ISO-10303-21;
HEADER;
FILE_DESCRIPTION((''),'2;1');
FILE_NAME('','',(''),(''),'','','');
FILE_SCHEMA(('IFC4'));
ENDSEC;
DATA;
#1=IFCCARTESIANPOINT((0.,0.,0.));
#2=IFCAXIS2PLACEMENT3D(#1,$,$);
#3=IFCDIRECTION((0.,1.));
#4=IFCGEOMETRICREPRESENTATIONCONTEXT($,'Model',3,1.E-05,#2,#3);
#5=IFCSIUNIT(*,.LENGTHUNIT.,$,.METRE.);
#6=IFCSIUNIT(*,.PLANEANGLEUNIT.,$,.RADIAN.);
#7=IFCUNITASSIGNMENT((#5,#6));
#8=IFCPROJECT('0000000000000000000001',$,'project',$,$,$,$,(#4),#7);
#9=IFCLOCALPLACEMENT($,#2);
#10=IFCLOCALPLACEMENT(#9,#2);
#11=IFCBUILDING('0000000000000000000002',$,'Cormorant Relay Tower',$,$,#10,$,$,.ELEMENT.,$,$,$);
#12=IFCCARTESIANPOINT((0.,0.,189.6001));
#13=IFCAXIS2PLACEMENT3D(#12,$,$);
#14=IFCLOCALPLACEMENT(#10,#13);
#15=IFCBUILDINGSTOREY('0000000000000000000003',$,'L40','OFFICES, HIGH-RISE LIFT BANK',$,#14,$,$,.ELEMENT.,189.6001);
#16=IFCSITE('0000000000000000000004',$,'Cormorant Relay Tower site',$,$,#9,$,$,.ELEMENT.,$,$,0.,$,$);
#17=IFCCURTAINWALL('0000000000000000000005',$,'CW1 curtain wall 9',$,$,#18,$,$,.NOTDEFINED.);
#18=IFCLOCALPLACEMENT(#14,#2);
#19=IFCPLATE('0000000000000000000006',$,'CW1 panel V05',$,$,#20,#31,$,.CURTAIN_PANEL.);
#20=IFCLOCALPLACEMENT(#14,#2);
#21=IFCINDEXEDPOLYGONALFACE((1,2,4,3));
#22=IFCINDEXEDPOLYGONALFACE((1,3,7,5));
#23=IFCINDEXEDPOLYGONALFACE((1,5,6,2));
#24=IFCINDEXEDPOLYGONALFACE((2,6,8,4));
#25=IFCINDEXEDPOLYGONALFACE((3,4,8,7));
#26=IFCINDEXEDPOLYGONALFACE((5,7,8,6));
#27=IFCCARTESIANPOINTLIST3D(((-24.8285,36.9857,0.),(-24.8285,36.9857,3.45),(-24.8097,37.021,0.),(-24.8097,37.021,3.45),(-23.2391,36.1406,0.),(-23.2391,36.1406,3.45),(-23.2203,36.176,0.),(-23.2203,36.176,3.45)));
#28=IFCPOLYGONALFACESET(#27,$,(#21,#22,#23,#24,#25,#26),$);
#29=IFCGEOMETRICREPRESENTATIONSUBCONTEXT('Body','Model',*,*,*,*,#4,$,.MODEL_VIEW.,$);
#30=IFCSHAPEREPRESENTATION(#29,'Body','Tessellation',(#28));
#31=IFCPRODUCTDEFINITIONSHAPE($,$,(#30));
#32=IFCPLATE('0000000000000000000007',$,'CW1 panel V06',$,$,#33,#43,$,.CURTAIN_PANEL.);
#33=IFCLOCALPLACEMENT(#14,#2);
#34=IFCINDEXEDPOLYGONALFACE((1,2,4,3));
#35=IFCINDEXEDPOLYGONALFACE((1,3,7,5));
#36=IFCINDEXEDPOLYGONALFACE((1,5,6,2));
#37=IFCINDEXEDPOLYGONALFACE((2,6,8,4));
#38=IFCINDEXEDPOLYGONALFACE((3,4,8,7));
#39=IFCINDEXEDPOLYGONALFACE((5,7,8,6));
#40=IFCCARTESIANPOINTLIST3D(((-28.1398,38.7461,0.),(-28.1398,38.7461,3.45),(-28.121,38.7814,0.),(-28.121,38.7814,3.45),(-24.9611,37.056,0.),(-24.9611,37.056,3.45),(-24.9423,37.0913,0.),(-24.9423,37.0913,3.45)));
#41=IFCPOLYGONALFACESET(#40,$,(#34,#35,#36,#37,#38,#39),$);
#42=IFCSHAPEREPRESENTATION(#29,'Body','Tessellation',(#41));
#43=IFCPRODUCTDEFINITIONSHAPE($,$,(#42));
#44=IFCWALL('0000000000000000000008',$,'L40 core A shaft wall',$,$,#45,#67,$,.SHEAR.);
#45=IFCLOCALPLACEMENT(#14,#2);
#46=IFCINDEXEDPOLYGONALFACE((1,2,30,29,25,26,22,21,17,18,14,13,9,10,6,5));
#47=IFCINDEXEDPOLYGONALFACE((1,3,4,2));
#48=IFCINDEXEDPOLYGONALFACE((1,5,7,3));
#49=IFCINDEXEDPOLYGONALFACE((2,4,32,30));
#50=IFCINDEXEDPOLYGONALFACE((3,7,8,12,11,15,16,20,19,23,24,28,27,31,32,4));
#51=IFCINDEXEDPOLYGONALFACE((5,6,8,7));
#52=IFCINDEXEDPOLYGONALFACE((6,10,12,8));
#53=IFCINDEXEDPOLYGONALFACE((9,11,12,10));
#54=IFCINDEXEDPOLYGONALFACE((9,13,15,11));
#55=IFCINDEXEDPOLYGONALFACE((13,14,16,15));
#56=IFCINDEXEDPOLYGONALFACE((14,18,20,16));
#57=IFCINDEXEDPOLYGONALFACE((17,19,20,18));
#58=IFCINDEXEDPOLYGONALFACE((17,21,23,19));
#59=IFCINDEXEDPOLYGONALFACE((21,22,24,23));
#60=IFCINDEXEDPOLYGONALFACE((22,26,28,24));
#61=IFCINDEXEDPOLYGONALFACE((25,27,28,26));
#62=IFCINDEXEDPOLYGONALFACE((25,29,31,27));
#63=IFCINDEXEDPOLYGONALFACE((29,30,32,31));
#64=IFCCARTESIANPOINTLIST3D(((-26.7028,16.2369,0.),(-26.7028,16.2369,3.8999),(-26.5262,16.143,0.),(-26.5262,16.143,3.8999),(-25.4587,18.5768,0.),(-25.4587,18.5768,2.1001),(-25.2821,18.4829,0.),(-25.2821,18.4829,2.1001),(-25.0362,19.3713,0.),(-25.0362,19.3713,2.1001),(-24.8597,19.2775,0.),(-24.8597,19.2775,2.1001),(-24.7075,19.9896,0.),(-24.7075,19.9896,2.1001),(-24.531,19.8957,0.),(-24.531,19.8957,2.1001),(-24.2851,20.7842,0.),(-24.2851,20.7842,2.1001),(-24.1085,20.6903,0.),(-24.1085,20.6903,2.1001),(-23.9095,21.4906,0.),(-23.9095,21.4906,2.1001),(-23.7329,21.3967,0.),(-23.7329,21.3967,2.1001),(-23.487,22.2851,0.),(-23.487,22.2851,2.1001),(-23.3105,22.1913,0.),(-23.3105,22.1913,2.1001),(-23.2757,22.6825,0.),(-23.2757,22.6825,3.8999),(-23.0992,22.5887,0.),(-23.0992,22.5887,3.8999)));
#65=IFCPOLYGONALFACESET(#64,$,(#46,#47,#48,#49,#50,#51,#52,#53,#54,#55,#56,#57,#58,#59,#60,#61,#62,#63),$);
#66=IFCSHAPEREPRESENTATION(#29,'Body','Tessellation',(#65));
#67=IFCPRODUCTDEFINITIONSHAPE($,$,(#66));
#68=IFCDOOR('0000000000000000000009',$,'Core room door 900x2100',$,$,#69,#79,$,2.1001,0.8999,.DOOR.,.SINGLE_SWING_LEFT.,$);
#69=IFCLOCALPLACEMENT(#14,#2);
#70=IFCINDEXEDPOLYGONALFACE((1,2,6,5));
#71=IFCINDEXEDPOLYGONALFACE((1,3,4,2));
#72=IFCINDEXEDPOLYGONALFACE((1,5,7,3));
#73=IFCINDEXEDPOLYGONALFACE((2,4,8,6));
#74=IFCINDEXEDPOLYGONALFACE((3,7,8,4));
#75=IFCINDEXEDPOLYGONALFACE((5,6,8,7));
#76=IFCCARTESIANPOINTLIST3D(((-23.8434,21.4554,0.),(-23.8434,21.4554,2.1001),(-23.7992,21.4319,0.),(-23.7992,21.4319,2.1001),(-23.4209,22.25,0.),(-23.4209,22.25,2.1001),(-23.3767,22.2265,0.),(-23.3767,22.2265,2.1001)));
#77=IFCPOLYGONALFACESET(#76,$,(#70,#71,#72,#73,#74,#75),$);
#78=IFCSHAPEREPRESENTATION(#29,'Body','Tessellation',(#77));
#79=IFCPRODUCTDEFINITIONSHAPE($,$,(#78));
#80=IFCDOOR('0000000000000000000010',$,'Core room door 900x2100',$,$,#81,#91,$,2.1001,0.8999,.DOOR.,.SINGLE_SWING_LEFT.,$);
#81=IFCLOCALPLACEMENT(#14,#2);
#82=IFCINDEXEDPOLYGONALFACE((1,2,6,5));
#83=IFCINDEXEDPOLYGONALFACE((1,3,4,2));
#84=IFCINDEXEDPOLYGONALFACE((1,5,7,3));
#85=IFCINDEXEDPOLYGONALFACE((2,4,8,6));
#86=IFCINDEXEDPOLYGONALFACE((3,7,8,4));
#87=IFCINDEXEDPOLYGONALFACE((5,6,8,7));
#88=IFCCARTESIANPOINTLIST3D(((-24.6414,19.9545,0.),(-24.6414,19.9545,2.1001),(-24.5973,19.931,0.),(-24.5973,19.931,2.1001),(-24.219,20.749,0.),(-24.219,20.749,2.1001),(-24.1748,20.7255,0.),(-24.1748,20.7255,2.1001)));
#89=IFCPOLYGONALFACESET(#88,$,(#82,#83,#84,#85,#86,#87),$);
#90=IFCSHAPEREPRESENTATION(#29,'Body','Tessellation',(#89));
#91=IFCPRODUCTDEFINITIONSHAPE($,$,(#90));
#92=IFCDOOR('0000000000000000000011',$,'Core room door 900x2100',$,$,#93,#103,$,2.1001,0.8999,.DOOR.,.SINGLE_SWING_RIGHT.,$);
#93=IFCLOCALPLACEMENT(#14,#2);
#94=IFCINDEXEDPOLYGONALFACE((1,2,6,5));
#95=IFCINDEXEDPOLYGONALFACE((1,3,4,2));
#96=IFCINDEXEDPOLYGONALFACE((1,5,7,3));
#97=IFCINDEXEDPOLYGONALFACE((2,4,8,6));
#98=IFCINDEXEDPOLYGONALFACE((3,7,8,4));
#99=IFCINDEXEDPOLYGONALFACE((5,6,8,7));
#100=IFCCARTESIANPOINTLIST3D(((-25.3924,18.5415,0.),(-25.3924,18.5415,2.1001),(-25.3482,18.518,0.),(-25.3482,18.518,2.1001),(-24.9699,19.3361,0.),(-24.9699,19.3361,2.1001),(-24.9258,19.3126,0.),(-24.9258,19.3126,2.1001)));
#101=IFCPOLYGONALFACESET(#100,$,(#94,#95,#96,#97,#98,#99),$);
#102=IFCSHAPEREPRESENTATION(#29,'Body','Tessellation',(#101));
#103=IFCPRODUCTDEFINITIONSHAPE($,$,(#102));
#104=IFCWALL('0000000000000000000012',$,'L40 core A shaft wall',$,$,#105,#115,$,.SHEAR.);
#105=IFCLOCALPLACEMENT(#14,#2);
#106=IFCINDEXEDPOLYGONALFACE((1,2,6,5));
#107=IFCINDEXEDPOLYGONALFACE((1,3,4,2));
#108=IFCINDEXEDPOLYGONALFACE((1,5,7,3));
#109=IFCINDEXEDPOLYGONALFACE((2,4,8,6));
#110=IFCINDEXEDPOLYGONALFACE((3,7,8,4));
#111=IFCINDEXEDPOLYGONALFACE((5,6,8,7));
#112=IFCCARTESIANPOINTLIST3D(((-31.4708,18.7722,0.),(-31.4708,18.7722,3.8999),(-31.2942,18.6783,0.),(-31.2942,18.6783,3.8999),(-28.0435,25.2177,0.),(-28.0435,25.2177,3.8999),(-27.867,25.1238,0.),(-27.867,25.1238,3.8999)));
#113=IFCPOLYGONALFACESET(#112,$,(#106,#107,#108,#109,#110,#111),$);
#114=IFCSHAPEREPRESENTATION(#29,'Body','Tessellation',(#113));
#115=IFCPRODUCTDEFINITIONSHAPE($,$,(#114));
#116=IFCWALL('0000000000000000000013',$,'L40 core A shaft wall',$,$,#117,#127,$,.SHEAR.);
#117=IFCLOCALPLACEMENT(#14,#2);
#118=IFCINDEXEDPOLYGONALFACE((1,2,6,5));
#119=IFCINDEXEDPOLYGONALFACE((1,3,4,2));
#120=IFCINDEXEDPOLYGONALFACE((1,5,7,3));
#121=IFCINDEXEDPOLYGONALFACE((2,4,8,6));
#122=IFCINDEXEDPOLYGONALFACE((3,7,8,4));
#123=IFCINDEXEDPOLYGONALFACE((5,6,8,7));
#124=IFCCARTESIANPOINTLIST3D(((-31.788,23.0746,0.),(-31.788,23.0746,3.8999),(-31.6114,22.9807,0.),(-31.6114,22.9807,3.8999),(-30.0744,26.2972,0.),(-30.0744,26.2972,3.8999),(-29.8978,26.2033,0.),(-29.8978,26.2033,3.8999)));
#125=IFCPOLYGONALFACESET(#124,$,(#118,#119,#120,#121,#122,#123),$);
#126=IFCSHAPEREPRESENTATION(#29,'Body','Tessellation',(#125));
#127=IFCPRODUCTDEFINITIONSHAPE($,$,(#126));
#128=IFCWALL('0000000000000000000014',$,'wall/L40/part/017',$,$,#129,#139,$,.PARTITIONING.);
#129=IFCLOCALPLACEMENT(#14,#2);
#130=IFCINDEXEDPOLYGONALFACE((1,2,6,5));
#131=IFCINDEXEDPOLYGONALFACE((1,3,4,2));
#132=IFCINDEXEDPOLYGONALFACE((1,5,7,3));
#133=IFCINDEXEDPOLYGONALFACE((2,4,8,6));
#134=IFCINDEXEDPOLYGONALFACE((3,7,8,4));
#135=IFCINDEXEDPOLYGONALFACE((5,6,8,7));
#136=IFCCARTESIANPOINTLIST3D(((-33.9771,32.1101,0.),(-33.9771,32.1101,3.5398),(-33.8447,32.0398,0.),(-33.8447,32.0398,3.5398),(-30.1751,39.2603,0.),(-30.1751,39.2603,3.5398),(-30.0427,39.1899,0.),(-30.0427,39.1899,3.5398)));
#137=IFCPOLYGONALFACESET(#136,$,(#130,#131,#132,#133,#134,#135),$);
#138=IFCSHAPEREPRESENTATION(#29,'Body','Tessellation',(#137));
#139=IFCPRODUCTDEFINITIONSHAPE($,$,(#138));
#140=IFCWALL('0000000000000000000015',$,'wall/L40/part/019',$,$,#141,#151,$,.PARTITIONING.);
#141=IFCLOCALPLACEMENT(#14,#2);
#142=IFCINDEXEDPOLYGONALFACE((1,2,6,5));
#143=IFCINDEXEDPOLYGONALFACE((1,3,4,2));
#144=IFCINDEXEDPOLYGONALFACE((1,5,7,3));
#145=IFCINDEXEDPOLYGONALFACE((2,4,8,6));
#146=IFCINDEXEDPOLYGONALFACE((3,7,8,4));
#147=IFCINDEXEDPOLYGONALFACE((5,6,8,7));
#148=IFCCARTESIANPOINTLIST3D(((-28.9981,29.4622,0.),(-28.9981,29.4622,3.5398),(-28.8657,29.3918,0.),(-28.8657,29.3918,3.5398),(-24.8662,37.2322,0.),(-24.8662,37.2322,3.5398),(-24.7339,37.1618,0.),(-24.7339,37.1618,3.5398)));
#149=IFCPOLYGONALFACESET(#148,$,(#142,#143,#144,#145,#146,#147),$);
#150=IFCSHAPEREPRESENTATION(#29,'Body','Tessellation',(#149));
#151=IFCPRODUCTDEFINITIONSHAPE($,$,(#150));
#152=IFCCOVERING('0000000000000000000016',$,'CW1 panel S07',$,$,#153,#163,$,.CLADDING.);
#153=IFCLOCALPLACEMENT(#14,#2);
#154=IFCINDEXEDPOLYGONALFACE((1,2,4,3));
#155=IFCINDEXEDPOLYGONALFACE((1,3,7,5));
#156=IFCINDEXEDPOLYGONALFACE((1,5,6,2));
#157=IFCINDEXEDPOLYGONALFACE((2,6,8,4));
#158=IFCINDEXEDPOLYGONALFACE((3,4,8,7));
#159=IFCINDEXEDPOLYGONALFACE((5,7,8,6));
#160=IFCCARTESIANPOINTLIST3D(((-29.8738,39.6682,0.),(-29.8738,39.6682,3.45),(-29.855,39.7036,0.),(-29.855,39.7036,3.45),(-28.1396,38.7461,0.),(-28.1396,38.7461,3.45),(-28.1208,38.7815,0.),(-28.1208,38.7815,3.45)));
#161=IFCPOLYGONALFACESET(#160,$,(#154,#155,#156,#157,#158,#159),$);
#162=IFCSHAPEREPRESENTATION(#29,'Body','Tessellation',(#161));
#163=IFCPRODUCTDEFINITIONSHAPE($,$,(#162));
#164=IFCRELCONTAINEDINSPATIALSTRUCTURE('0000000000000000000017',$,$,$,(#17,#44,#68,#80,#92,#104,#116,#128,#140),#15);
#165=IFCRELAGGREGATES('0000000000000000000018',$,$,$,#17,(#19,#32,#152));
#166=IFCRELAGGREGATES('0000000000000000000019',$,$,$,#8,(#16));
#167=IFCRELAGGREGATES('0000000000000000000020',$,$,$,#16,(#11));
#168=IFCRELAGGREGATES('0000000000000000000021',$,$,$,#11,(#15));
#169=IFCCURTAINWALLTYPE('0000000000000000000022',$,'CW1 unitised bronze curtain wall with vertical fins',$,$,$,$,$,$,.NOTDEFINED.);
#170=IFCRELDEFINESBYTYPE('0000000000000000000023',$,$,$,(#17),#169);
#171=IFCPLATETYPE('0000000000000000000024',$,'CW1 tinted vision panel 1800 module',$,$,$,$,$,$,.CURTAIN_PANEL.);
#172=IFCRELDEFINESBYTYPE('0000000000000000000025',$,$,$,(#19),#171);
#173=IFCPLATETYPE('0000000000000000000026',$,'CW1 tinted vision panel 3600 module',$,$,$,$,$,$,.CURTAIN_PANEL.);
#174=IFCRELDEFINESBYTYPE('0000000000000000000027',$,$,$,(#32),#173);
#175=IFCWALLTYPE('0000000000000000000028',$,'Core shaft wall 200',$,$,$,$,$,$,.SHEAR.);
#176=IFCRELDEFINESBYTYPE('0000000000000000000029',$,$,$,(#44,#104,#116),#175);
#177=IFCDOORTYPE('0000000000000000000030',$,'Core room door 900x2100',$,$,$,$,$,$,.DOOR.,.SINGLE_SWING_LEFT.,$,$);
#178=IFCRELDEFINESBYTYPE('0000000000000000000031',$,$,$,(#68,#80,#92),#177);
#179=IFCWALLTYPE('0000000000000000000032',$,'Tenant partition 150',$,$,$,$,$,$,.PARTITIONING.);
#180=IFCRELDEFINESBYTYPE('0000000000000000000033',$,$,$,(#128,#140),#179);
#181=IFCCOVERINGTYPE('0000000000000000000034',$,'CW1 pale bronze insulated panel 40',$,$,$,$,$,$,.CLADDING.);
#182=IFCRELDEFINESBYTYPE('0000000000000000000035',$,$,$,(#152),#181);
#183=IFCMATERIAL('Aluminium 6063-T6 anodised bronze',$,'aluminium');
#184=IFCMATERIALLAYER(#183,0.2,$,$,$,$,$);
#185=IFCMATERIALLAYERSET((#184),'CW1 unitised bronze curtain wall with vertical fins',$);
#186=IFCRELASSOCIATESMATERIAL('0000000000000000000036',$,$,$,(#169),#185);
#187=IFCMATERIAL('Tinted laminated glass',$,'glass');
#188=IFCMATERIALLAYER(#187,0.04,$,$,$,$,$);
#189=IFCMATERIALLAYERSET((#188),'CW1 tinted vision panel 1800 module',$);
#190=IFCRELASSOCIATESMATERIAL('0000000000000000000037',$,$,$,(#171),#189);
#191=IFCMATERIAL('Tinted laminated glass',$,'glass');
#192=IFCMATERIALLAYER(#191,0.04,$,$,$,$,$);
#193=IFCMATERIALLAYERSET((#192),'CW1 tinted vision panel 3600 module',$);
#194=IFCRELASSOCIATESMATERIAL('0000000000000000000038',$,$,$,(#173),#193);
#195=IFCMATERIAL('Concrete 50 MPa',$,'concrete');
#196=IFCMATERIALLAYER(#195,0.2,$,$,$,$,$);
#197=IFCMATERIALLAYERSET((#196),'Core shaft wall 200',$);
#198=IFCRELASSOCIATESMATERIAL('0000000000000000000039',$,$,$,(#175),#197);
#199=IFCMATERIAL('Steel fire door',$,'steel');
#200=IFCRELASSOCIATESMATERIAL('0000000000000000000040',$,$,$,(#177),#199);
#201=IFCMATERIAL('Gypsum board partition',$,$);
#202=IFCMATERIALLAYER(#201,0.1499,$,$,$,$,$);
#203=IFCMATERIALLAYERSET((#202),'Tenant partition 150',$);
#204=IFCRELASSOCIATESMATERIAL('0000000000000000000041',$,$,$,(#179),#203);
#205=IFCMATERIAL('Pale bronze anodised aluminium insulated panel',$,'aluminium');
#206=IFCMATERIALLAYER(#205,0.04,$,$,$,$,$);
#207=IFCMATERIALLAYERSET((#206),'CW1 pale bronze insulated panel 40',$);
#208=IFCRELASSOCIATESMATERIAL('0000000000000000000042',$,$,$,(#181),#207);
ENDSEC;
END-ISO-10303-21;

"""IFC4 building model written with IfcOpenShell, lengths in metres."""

from ifc_helpers import new_model, si_unit, direction, frame, frame_2d, origin, origin_2d, place, context, subcontext, project, spatial, rectangle, extrude, material, layer, layer_set, type_object, element, fill, aggregate, save


model = new_model("IFC4")

# Units and contexts
model_context = context("Model", 3, precision=1e-05, world=origin(), true_north=direction((0.0, 1.0)))
body_context = subcontext(model_context, "Body", "Model", "MODEL_VIEW")
ifc_project = project(units=[si_unit("LENGTHUNIT", "METRE"), si_unit("PLANEANGLEUNIT", "RADIAN")], contexts=[model_context])

# Site, building, storey
site_placement = place(None, origin())
site = spatial("IfcSite", under=ifc_project, at=site_placement, Name="Cormorant Relay Tower site", CompositionType="ELEMENT", RefElevation=0.0)
building_placement = place(site_placement, origin())
building = spatial("IfcBuilding", under=site, at=building_placement, Name="Cormorant Relay Tower", CompositionType="ELEMENT")
storey_placement = place(building_placement, frame((0.0, 0.0, 189.6001)))
storey = spatial("IfcBuildingStorey", under=building, at=storey_placement, Name="L40", Description="OFFICES, HIGH-RISE LIFT BANK", CompositionType="ELEMENT", Elevation=189.6001)

# Curtain wall
ifc_material_1 = material(Name="Aluminium 6063-T6 anodised bronze", Category="aluminium")
ifc_layer_1 = layer(ifc_material_1, 0.2)
ifc_layer_set_1 = layer_set([ifc_layer_1], Name="CW1 unitised bronze curtain wall with vertical fins")
curtain_wall_type = type_object("IfcCurtainWallType", Name="CW1 unitised bronze curtain wall with vertical fins", PredefinedType="NOTDEFINED", material=ifc_layer_set_1)
curtain_wall_1_placement = place(storey_placement, origin())
curtain_wall_1 = element("IfcCurtainWall", 1, at=curtain_wall_1_placement, inside=storey, type_object=curtain_wall_type, Name="CW1 curtain wall 9", PredefinedType="NOTDEFINED")

# Plates
ifc_material_2 = material(Name="Tinted laminated glass", Category="glass")
ifc_layer_2 = layer(ifc_material_2, 0.04)
ifc_layer_set_2 = layer_set([ifc_layer_2], Name="CW1 tinted vision panel 1800 module")
plate_type_1 = type_object("IfcPlateType", Name="CW1 tinted vision panel 1800 module", PredefinedType="CURTAIN_PANEL", material=ifc_layer_set_2)
plate_1_placement = place(storey_placement, frame((-24.0244, 36.5808, 0.0), z_axis=(0.0, 0.0, 1.0), x_axis=(-0.882948, 0.469472, 0.0)))
plate_1 = element("IfcPlate", 2, at=plate_1_placement, type_object=plate_type_1, Name="CW1 panel V05", PredefinedType="CURTAIN_PANEL", context=body_context, shape_type="SweptSolid", body=[
    extrude(rectangle(XDim=1.8, YDim=0.04, at=origin_2d()), origin(), (0.0, 0.0, 1.0), 3.45),
])
ifc_material_3 = material(Name="Tinted laminated glass", Category="glass")
ifc_layer_3 = layer(ifc_material_3, 0.04)
ifc_layer_set_3 = layer_set([ifc_layer_3], Name="CW1 tinted vision panel 3600 module")
plate_type_2 = type_object("IfcPlateType", Name="CW1 tinted vision panel 3600 module", PredefinedType="CURTAIN_PANEL", material=ifc_layer_set_3)
plate_2_placement = place(storey_placement, frame((-26.541, 37.9187, 0.0), z_axis=(0.0, 0.0, 1.0), x_axis=(-0.882948, 0.469472, 0.0)))
plate_2 = element("IfcPlate", 3, at=plate_2_placement, type_object=plate_type_2, Name="CW1 panel V06", PredefinedType="CURTAIN_PANEL", context=body_context, shape_type="SweptSolid", body=[
    extrude(rectangle(XDim=3.6001, YDim=0.04, at=origin_2d()), origin(), (0.0, 0.0, 1.0), 3.45),
])

# Wall, openings, doors
ifc_material_4 = material(Name="Concrete 50 MPa", Category="concrete")
ifc_layer_4 = layer(ifc_material_4, 0.2)
ifc_layer_set_4 = layer_set([ifc_layer_4], Name="Core shaft wall 200")
wall_type_1 = type_object("IfcWallType", Name="Core shaft wall 200", PredefinedType="SHEAR", material=ifc_layer_set_4)
wall_1_placement = place(storey_placement, frame((-23.1875, 22.6355, 0.0), z_axis=(0.0, 0.0, 1.0), x_axis=(-0.469454, -0.882957, 0.0)))
wall_1 = element("IfcWall", 4, at=wall_1_placement, inside=storey, type_object=wall_type_1, Name="L40 core A shaft wall", PredefinedType="SHEAR", context=body_context, shape_type="SweptSolid", body=[
    extrude(rectangle(XDim=7.3, YDim=0.2, at=frame_2d((3.6499, 0.0))), origin(), (0.0, 0.0, 1.0), 3.8999),
])
opening_1_placement = place(wall_1_placement, frame((0.45, 0.0, 0.0)))
opening_1 = element("IfcOpeningElement", 5, at=opening_1_placement, cuts=wall_1, PredefinedType="OPENING", context=body_context, shape_type="SweptSolid", body=[
    extrude(rectangle(XDim=0.8999, YDim=2.1001, at=frame_2d((0.45, 1.05))), frame((0.0, 0.1099, 0.0), z_axis=(0.0, -1.0, 0.0), x_axis=(1.0, 0.0, 0.0)), (0.0, 0.0, 1.0), 0.22),
])
opening_2_placement = place(wall_1_placement, frame((2.1499, 0.0, 0.0)))
opening_2 = element("IfcOpeningElement", 6, at=opening_2_placement, cuts=wall_1, PredefinedType="OPENING", context=body_context, shape_type="SweptSolid", body=[
    extrude(rectangle(XDim=0.8999, YDim=2.1001, at=frame_2d((0.45, 1.05))), frame((0.0, 0.1099, 0.0), z_axis=(0.0, -1.0, 0.0), x_axis=(1.0, 0.0, 0.0)), (0.0, 0.0, 1.0), 0.22),
])
opening_3_placement = place(wall_1_placement, frame((3.75, 0.0, 0.0)))
opening_3 = element("IfcOpeningElement", 7, at=opening_3_placement, cuts=wall_1, PredefinedType="OPENING", context=body_context, shape_type="SweptSolid", body=[
    extrude(rectangle(XDim=0.8999, YDim=2.1001, at=frame_2d((0.45, 1.05))), frame((0.0, 0.1099, 0.0), z_axis=(0.0, -1.0, 0.0), x_axis=(1.0, 0.0, 0.0)), (0.0, 0.0, 1.0), 0.22),
])
ifc_material_5 = material(Name="Steel fire door", Category="steel")
door_type = type_object("IfcDoorType", Name="Core room door 900x2100", OperationType="SINGLE_SWING_LEFT", PredefinedType="DOOR", material=ifc_material_5)
door_1_placement = place(opening_1_placement, origin())
door_1 = element("IfcDoor", 8, at=door_1_placement, inside=storey, type_object=door_type, Name="Core room door 900x2100", OperationType="SINGLE_SWING_LEFT", OverallHeight=2.1001, OverallWidth=0.8999, PredefinedType="DOOR", context=body_context, shape_type="SweptSolid", body=[
    extrude(rectangle(XDim=0.8999, YDim=2.1001, at=frame_2d((0.45, 1.05))), frame((0.0, 0.0249, 0.0), z_axis=(0.0, -1.0, 0.0), x_axis=(1.0, 0.0, 0.0)), (0.0, 0.0, 1.0), 0.05),
])
fill(opening_1, door_1)
door_2_placement = place(opening_2_placement, origin())
door_2 = element("IfcDoor", 9, at=door_2_placement, inside=storey, type_object=door_type, Name="Core room door 900x2100", OperationType="SINGLE_SWING_LEFT", OverallHeight=2.1001, OverallWidth=0.8999, PredefinedType="DOOR", context=body_context, shape_type="SweptSolid", body=[
    extrude(rectangle(XDim=0.8999, YDim=2.1001, at=frame_2d((0.45, 1.05))), frame((0.0, 0.0249, 0.0), z_axis=(0.0, -1.0, 0.0), x_axis=(1.0, 0.0, 0.0)), (0.0, 0.0, 1.0), 0.05),
])
fill(opening_2, door_2)
door_3_placement = place(opening_3_placement, frame((0.8999, 0.0, 0.0), z_axis=(0.0, 0.0, 1.0), x_axis=(-1.0, 0.0, 0.0)))
door_3 = element("IfcDoor", 10, at=door_3_placement, inside=storey, type_object=door_type, Name="Core room door 900x2100", OperationType="SINGLE_SWING_RIGHT", OverallHeight=2.1001, OverallWidth=0.8999, PredefinedType="DOOR", context=body_context, shape_type="SweptSolid", body=[
    extrude(rectangle(XDim=0.8999, YDim=2.1001, at=frame_2d((0.45, 1.05))), frame((0.0, 0.0249, 0.0), z_axis=(0.0, -1.0, 0.0), x_axis=(1.0, 0.0, 0.0)), (0.0, 0.0, 1.0), 0.05),
])
fill(opening_3, door_3)

# Walls
wall_2_placement = place(storey_placement, frame((-27.9553, 25.1707, 0.0), z_axis=(0.0, 0.0, 1.0), x_axis=(-0.46948, -0.882943, 0.0)))
element("IfcWall", 11, at=wall_2_placement, inside=storey, type_object=wall_type_1, Name="L40 core A shaft wall", PredefinedType="SHEAR", context=body_context, shape_type="SweptSolid", body=[
    extrude(rectangle(XDim=7.3, YDim=0.2, at=frame_2d((3.6499, 0.0))), origin(), (0.0, 0.0, 1.0), 3.8999),
])
wall_3_placement = place(storey_placement, frame((-29.9861, 26.2502, 0.0), z_axis=(0.0, 0.0, 1.0), x_axis=(-0.469494, -0.882936, 0.0)))
element("IfcWall", 12, at=wall_3_placement, inside=storey, type_object=wall_type_1, Name="L40 core A shaft wall", PredefinedType="SHEAR", context=body_context, shape_type="SweptSolid", body=[
    extrude(rectangle(XDim=3.6499, YDim=0.2, at=frame_2d((1.825, 0.0))), origin(), (0.0, 0.0, 1.0), 3.8999),
])
ifc_material_6 = material(Name="Gypsum board partition")
ifc_layer_5 = layer(ifc_material_6, 0.1499)
ifc_layer_set_5 = layer_set([ifc_layer_5], Name="Tenant partition 150")
wall_type_2 = type_object("IfcWallType", Name="Tenant partition 150", PredefinedType="PARTITIONING", material=ifc_layer_set_5)
wall_4_placement = place(storey_placement, frame((-30.1089, 39.2251, 0.0), z_axis=(0.0, 0.0, 1.0), x_axis=(-0.469491, -0.882937, 0.0)))
element("IfcWall", 13, at=wall_4_placement, inside=storey, type_object=wall_type_2, Name="wall/L40/part/017", PredefinedType="PARTITIONING", context=body_context, shape_type="SweptSolid", body=[
    extrude(rectangle(XDim=8.0981, YDim=0.1499, at=frame_2d((4.0491, 0.0))), origin(), (0.0, 0.0, 1.0), 3.5398),
])
wall_5_placement = place(storey_placement, frame((-24.8, 37.197, 0.0), z_axis=(0.0, 0.0, 1.0), x_axis=(-0.469511, -0.882927, 0.0)))
element("IfcWall", 14, at=wall_5_placement, inside=storey, type_object=wall_type_2, Name="wall/L40/part/019", PredefinedType="PARTITIONING", context=body_context, shape_type="SweptSolid", body=[
    extrude(rectangle(XDim=8.8003, YDim=0.1499, at=frame_2d((4.4001, 0.0))), origin(), (0.0, 0.0, 1.0), 3.5398),
])

# Covering
ifc_material_7 = material(Name="Pale bronze anodised aluminium insulated panel", Category="aluminium")
ifc_layer_6 = layer(ifc_material_7, 0.04)
ifc_layer_set_6 = layer_set([ifc_layer_6], Name="CW1 pale bronze insulated panel 40")
covering_type = type_object("IfcCoveringType", Name="CW1 pale bronze insulated panel 40", PredefinedType="CLADDING", material=ifc_layer_set_6)
covering_placement = place(storey_placement, frame((-28.9973, 39.2249, 0.0), z_axis=(0.0, 0.0, 1.0), x_axis=(-0.882948, 0.469472, 0.0)))
covering = element("IfcCovering", 15, at=covering_placement, type_object=covering_type, Name="CW1 panel S07", PredefinedType="CLADDING", context=body_context, shape_type="SweptSolid", body=[
    extrude(rectangle(XDim=1.9641, YDim=0.04, at=origin_2d()), origin(), (0.0, 0.0, 1.0), 3.45),
])
aggregate(curtain_wall_1, [plate_1, plate_2, covering])

save(model, "model.ifc")
